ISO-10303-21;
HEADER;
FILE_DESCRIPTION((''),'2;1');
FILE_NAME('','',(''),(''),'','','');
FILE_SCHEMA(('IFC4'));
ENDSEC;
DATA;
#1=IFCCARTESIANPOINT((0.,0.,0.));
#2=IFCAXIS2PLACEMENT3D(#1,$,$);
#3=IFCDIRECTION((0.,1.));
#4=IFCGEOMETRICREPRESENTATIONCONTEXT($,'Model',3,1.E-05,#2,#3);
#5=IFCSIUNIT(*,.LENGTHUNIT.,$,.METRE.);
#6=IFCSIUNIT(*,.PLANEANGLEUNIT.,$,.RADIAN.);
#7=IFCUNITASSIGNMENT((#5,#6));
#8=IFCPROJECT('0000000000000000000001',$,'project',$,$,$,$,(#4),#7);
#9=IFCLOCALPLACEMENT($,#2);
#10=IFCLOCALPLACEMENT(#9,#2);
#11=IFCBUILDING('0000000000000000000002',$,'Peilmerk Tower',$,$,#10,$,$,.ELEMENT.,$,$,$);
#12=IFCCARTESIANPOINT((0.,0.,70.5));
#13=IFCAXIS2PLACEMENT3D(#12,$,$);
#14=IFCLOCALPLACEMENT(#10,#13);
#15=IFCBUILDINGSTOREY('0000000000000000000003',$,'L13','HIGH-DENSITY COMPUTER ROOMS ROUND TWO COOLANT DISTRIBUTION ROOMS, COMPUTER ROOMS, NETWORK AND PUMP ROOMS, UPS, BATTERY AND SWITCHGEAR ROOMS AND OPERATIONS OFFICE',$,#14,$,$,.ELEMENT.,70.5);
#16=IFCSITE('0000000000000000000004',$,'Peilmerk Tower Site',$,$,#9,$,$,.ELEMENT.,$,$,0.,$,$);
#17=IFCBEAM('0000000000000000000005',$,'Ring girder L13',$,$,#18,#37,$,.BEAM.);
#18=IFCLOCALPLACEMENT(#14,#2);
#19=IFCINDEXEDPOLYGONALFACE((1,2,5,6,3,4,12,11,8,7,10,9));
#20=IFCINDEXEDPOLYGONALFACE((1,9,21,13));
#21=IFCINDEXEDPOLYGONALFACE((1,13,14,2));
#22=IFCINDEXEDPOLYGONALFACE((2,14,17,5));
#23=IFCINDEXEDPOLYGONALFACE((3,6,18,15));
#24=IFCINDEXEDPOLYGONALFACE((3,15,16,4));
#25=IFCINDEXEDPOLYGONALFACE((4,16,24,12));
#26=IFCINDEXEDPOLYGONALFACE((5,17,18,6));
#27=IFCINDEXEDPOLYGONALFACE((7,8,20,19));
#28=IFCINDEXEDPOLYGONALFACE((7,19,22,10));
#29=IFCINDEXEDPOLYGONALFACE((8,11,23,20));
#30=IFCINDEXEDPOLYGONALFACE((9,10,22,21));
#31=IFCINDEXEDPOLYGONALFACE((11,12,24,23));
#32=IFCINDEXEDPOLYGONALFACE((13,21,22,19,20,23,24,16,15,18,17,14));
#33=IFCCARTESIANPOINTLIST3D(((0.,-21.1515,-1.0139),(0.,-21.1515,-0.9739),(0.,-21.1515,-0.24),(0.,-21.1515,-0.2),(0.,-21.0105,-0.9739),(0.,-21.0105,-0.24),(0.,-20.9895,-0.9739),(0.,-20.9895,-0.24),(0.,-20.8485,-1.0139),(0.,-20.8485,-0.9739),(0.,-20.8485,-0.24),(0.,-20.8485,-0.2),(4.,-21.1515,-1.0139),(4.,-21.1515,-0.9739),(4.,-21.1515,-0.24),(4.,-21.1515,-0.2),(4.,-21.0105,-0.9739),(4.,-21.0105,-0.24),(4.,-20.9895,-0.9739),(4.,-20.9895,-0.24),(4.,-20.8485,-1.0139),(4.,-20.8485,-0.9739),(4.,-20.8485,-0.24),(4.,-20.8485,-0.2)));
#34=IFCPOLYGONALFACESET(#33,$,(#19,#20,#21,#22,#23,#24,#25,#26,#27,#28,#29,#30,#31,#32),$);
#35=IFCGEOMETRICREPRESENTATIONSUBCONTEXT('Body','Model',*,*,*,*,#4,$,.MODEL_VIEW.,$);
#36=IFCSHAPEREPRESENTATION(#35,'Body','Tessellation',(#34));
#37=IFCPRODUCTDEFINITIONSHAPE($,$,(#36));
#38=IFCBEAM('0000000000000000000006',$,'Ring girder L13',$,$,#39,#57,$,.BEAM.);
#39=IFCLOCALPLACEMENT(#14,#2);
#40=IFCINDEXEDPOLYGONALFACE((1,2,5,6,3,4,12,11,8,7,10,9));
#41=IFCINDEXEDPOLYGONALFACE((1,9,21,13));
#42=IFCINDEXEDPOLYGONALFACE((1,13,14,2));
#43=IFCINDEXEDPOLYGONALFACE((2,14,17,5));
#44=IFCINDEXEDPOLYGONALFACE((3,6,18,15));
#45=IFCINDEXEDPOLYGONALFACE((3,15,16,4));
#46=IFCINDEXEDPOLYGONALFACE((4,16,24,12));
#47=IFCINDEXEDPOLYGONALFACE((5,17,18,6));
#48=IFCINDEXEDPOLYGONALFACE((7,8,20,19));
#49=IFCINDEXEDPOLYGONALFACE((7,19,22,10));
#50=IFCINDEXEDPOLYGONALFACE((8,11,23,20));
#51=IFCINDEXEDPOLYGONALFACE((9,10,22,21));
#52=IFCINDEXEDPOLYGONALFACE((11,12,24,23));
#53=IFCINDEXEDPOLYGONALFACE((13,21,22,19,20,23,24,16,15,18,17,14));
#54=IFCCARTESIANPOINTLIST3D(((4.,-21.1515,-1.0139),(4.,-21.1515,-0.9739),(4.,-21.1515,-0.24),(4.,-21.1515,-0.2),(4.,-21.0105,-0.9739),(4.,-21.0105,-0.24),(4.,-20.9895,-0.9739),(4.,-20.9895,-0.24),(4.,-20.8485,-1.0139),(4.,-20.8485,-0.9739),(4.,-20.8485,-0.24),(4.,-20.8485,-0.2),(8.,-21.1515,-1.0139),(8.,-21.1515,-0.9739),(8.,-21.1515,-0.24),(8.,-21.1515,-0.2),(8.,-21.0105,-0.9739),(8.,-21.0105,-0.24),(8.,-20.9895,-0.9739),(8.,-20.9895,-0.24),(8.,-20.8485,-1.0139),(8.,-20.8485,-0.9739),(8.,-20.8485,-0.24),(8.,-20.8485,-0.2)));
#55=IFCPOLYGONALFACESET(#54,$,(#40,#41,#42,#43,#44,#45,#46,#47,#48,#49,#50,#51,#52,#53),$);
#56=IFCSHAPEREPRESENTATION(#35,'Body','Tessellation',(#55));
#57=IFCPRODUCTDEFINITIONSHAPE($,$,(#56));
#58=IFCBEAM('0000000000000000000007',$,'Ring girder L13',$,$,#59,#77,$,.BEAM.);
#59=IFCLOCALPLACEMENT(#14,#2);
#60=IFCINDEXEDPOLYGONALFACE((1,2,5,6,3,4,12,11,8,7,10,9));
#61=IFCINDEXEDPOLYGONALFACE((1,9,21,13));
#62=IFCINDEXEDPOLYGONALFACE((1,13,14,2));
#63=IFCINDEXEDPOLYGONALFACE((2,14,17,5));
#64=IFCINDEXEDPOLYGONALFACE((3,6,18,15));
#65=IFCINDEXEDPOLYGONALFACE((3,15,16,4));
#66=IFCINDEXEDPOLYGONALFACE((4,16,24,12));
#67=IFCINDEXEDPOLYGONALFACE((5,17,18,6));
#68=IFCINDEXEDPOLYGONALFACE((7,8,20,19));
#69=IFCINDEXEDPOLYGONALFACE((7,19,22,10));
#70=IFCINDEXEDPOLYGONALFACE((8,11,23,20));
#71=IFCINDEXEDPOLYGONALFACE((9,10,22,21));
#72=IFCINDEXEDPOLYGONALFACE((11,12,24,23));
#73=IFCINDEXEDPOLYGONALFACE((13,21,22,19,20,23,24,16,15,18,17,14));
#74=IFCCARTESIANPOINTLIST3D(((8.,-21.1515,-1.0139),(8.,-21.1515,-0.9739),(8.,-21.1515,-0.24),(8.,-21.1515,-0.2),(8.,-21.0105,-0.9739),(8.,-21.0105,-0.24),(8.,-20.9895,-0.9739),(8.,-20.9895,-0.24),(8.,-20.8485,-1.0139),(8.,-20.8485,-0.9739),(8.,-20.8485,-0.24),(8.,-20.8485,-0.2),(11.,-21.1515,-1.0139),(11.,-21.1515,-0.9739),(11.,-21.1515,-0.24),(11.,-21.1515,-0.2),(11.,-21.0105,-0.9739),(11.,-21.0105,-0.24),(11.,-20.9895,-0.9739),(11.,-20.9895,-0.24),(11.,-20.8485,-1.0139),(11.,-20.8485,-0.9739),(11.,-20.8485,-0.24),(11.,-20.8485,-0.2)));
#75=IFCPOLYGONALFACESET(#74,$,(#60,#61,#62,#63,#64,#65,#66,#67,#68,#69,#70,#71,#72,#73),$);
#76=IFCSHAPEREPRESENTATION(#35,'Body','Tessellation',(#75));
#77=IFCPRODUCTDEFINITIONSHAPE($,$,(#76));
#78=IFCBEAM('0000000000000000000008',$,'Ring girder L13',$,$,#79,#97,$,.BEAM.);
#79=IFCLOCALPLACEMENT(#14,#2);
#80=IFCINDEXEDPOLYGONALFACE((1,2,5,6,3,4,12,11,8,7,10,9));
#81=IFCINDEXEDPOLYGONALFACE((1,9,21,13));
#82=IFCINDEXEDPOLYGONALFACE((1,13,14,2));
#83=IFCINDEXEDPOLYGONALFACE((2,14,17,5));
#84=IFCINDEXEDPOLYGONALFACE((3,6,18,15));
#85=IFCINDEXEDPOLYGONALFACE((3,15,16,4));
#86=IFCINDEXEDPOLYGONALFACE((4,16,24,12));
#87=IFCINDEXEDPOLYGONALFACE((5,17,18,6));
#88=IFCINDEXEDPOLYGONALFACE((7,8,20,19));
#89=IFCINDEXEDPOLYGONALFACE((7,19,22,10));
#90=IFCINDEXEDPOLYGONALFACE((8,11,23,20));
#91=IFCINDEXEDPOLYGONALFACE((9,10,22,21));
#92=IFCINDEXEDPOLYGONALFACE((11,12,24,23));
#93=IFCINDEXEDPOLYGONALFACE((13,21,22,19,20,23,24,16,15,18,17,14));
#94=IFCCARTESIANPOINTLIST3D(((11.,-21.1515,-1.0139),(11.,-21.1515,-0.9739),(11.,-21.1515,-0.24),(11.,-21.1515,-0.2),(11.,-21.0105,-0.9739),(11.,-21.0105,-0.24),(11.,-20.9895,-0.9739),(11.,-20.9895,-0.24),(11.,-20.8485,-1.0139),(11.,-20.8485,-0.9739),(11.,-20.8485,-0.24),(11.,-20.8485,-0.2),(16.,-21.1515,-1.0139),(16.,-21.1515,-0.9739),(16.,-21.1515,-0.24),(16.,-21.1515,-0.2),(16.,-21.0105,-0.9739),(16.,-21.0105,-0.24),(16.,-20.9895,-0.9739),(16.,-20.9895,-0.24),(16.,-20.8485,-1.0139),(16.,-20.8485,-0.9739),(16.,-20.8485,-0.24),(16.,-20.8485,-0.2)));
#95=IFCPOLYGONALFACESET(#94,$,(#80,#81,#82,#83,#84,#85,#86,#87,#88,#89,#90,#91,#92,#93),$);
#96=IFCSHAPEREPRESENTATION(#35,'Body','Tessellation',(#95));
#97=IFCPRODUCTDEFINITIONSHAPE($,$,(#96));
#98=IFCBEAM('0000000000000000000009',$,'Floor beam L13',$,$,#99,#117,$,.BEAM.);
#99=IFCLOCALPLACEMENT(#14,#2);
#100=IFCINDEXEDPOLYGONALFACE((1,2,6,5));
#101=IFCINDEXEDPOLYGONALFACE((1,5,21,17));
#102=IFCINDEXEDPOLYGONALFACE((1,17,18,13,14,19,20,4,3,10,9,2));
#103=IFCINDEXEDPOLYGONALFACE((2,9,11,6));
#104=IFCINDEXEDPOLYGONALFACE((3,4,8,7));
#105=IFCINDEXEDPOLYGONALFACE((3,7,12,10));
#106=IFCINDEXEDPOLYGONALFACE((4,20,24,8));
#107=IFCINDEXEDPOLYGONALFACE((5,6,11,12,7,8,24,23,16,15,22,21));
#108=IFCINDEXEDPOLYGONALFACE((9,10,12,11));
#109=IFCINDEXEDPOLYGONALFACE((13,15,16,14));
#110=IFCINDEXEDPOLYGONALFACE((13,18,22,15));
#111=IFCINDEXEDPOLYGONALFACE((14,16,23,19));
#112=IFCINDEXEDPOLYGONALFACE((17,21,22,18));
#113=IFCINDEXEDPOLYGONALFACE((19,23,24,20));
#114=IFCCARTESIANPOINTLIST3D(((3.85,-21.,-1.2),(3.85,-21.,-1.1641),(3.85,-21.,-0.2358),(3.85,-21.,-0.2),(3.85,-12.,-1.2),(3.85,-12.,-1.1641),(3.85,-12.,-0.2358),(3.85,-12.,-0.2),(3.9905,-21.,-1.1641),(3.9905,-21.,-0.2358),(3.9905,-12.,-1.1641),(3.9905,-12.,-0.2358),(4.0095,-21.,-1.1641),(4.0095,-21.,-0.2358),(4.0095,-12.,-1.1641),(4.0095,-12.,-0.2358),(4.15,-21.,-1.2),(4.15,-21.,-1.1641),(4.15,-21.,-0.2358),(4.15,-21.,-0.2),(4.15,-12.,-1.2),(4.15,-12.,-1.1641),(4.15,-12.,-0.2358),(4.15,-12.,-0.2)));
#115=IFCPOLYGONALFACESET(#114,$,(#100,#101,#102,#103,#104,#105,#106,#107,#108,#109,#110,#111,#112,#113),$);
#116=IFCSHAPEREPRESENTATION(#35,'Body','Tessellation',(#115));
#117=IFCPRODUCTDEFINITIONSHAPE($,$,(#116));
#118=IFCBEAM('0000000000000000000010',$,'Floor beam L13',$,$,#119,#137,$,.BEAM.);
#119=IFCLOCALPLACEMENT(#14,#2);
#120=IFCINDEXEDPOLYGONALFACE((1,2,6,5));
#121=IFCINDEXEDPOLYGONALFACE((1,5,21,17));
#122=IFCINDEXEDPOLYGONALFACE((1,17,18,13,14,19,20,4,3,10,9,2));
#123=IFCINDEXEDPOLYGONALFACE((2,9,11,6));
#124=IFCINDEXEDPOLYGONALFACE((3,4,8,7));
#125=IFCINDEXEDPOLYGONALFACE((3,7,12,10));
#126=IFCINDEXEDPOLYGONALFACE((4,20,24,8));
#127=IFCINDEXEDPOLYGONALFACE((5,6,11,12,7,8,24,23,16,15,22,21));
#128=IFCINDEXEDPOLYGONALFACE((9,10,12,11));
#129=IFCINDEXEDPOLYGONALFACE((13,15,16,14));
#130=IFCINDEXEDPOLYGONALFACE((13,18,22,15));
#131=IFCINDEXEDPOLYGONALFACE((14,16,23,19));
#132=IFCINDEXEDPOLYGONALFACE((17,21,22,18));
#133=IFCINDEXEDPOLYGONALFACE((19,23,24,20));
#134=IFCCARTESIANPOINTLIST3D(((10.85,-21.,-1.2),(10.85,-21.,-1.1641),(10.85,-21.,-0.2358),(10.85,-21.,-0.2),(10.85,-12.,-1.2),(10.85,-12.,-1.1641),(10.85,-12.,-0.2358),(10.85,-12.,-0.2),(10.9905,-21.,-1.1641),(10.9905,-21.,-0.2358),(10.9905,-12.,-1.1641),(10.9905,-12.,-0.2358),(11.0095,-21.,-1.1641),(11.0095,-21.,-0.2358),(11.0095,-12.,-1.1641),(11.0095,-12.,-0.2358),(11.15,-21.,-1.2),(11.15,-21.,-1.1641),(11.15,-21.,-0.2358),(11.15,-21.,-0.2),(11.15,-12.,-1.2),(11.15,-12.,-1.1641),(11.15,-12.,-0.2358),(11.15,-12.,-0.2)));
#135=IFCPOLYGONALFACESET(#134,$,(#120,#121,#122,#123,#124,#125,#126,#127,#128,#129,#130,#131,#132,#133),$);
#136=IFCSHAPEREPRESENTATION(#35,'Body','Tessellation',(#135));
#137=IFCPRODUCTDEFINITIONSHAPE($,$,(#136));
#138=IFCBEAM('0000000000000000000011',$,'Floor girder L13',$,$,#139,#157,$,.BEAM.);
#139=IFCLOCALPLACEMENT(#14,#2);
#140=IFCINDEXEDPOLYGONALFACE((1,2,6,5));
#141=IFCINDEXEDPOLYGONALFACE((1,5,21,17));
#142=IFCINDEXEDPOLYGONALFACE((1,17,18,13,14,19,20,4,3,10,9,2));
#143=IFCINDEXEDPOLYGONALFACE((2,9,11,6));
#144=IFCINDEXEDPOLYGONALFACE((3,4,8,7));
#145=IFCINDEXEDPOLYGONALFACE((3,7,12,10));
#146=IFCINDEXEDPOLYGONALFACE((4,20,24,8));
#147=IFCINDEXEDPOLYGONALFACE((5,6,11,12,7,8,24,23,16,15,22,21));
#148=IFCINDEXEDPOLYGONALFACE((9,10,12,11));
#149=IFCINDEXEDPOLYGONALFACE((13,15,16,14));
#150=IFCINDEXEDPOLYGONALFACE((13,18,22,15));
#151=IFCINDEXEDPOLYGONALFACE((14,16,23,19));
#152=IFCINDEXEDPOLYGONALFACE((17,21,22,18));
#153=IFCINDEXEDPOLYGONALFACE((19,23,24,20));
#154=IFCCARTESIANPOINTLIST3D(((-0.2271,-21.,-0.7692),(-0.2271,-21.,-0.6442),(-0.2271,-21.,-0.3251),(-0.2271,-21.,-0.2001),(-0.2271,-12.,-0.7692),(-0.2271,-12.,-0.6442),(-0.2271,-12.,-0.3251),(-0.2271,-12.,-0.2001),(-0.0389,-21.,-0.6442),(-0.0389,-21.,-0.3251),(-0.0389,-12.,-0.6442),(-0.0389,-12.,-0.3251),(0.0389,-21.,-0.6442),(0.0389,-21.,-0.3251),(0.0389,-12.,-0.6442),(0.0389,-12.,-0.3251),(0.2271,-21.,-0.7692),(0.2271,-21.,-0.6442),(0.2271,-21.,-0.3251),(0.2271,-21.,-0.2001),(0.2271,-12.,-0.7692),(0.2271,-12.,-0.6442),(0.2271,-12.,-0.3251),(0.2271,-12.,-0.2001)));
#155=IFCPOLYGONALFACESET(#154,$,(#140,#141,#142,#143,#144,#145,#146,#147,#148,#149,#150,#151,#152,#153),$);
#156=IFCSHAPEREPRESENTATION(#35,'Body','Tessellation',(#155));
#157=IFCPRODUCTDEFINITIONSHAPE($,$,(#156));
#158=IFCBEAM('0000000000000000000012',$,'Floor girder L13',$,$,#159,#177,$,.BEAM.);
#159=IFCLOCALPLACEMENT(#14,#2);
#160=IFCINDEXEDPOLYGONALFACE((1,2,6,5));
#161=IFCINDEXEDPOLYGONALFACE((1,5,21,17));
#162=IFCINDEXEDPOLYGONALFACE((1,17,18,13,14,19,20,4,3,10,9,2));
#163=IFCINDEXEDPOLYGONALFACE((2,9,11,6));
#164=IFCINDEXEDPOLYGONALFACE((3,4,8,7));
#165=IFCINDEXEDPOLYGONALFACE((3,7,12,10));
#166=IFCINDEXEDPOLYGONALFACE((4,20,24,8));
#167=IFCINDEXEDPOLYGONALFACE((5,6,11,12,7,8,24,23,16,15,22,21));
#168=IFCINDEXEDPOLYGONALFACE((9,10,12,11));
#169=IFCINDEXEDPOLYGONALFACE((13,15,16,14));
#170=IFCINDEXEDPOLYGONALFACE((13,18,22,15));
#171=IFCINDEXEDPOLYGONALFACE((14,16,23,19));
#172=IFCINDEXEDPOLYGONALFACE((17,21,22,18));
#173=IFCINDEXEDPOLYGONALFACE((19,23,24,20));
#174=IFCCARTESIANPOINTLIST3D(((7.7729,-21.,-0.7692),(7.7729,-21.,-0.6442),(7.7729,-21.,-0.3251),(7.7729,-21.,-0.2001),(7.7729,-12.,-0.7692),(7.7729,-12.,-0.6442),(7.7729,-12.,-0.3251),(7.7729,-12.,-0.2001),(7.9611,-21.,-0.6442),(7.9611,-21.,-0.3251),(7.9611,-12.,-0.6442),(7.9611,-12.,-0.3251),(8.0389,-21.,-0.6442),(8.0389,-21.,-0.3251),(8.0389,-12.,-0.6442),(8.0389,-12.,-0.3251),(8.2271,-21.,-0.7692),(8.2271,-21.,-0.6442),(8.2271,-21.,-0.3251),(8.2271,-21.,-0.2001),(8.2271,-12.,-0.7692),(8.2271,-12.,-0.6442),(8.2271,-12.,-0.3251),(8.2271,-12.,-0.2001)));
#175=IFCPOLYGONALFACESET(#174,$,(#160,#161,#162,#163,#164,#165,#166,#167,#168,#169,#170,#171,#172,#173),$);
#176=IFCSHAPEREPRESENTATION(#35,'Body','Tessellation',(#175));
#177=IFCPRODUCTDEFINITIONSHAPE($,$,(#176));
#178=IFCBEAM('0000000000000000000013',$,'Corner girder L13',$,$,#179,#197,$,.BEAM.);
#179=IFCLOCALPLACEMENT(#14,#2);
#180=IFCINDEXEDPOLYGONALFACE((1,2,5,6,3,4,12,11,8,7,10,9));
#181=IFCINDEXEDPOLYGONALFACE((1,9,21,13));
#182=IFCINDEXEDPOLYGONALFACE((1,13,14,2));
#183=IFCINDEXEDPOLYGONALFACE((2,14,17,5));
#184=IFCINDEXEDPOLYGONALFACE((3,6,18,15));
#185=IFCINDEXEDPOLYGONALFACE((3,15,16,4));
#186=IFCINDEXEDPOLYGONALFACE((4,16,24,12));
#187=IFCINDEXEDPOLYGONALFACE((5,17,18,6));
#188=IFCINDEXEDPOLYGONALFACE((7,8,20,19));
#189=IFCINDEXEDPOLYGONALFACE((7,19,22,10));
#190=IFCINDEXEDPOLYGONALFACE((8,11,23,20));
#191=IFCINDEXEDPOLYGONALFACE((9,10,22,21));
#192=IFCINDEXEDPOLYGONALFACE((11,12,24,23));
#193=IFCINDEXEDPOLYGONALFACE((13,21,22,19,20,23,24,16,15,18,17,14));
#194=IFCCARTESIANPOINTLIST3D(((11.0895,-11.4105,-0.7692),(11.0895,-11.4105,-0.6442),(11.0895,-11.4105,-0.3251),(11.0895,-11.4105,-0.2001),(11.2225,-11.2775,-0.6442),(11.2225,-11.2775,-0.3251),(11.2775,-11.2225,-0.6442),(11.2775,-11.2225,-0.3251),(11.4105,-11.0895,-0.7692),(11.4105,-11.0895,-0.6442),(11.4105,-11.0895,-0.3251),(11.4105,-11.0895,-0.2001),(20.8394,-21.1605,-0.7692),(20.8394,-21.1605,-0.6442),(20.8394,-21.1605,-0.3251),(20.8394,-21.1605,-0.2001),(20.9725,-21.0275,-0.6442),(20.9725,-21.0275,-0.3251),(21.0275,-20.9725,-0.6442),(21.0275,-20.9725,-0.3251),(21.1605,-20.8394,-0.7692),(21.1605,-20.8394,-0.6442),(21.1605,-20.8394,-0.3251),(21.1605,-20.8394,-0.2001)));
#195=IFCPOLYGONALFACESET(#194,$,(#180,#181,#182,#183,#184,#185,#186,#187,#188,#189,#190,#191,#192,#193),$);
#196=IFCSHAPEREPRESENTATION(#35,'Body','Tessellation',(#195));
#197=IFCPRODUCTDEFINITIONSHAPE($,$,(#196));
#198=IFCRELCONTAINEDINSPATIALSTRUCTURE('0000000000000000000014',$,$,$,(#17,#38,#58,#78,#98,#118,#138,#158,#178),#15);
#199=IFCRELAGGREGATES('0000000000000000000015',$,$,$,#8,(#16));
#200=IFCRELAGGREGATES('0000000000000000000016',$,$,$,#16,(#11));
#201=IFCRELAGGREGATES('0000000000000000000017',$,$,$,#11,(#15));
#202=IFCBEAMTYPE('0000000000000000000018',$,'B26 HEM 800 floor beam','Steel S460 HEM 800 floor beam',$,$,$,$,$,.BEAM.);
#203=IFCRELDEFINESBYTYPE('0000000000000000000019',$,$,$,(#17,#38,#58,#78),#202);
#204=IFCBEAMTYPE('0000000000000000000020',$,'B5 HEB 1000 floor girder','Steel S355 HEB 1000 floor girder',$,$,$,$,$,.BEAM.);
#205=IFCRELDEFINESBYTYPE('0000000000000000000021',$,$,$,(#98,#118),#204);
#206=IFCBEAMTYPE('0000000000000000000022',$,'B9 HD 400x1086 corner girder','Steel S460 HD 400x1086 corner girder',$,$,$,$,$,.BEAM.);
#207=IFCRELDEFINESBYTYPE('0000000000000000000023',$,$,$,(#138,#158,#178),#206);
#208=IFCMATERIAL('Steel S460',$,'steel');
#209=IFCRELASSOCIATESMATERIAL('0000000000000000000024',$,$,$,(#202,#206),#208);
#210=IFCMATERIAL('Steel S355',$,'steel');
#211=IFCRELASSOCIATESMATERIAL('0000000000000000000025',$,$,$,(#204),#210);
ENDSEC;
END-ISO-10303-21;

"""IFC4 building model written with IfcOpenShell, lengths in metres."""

from ifc_helpers import new_model, si_unit, direction, frame, origin, origin_2d, place, context, subcontext, project, spatial, i_section, extrude, material, material_profile, profile_set, type_object, element, save


model = new_model("IFC4")

# Units and contexts
model_context = context("Model", 3, precision=1e-05, world=origin(), true_north=direction((0.0, 1.0)))
body_context = subcontext(model_context, "Body", "Model", "MODEL_VIEW")
ifc_project = project(units=[si_unit("LENGTHUNIT", "METRE"), si_unit("PLANEANGLEUNIT", "RADIAN")], contexts=[model_context])

# Site, building, storey
site_placement = place(None, origin())
site = spatial("IfcSite", under=ifc_project, at=site_placement, Name="Peilmerk Tower Site", CompositionType="ELEMENT", RefElevation=0.0)
building_placement = place(site_placement, origin())
building = spatial("IfcBuilding", under=site, at=building_placement, Name="Peilmerk Tower", CompositionType="ELEMENT")
storey_placement = place(building_placement, frame((0.0, 0.0, 70.5)))
storey = spatial("IfcBuildingStorey", under=building, at=storey_placement, Name="L13", Description="HIGH-DENSITY COMPUTER ROOMS ROUND TWO COOLANT DISTRIBUTION ROOMS, COMPUTER ROOMS, NETWORK AND PUMP ROOMS, UPS, BATTERY AND SWITCHGEAR ROOMS AND OPERATIONS OFFICE", CompositionType="ELEMENT", Elevation=70.5)

# Beams
ifc_material_1 = material(Name="Steel S355", Category="steel")
ifc_material_2 = material(Name="Steel S460", Category="steel")
ifc_material_profile_1 = material_profile(ifc_material_2, i_section(OverallWidth=0.303, OverallDepth=0.814, WebThickness=0.021, FlangeThickness=0.04, at=origin_2d()), Name="HEM 800")
ifc_profile_set_1 = profile_set([ifc_material_profile_1], Name="Steel S460")
beam_type_1 = type_object("IfcBeamType", Name="B26 HEM 800 floor beam", Description="Steel S460 HEM 800 floor beam", PredefinedType="BEAM", material=ifc_profile_set_1)
for number, where, z_axis, x_axis, name in (
    (1, (0.0, -21.0, -0.6069), (1.0, 0.0, 0.0), (0.0, 1.0, 0.0), "Ring girder L13"),
    (2, (4.0, -21.0, -0.6069), (1.0, 0.0, 0.0), (0.0, 1.0, 0.0), "Ring girder L13"),
):
    element("IfcBeam", number, at=place(storey_placement, frame(where, z_axis=z_axis, x_axis=x_axis)), inside=storey, type_object=beam_type_1, Name=name, PredefinedType="BEAM", context=body_context, shape_type="SweptSolid", body=[
        extrude(i_section(OverallWidth=0.303, OverallDepth=0.814, WebThickness=0.021, FlangeThickness=0.04, at=origin_2d()), origin(), (0.0, 0.0, 1.0), 4.0),
    ])
beam_1_placement = place(storey_placement, frame((8.0, -21.0, -0.6069), z_axis=(1.0, 0.0, 0.0), x_axis=(0.0, 1.0, 0.0)))
element("IfcBeam", 3, at=beam_1_placement, inside=storey, type_object=beam_type_1, Name="Ring girder L13", PredefinedType="BEAM", context=body_context, shape_type="SweptSolid", body=[
    extrude(i_section(OverallWidth=0.303, OverallDepth=0.814, WebThickness=0.021, FlangeThickness=0.04, at=origin_2d()), origin(), (0.0, 0.0, 1.0), 3.0),
])
beam_2_placement = place(storey_placement, frame((11.0, -21.0, -0.6069), z_axis=(1.0, 0.0, 0.0), x_axis=(0.0, 1.0, 0.0)))
element("IfcBeam", 4, at=beam_2_placement, inside=storey, type_object=beam_type_1, Name="Ring girder L13", PredefinedType="BEAM", context=body_context, shape_type="SweptSolid", body=[
    extrude(i_section(OverallWidth=0.303, OverallDepth=0.814, WebThickness=0.021, FlangeThickness=0.04, at=origin_2d()), origin(), (0.0, 0.0, 1.0), 5.0),
])
ifc_material_profile_2 = material_profile(ifc_material_1, i_section(OverallWidth=0.3, OverallDepth=1.0, WebThickness=0.019, FlangeThickness=0.0359, at=origin_2d()), Name="HEB 1000")
ifc_profile_set_2 = profile_set([ifc_material_profile_2], Name="Steel S355")
beam_type_2 = type_object("IfcBeamType", Name="B5 HEB 1000 floor girder", Description="Steel S355 HEB 1000 floor girder", PredefinedType="BEAM", material=ifc_profile_set_2)
for number, where, z_axis, x_axis, name in (
    (5, (4.0, -12.0, -0.7), (0.0, -1.0, 0.0), (1.0, 0.0, 0.0), "Floor beam L13"),
    (6, (11.0, -12.0, -0.7), (0.0, -1.0, 0.0), (1.0, 0.0, 0.0), "Floor beam L13"),
):
    element("IfcBeam", number, at=place(storey_placement, frame(where, z_axis=z_axis, x_axis=x_axis)), inside=storey, type_object=beam_type_2, Name=name, PredefinedType="BEAM", context=body_context, shape_type="SweptSolid", body=[
        extrude(i_section(OverallWidth=0.3, OverallDepth=1.0, WebThickness=0.019, FlangeThickness=0.0359, at=origin_2d()), origin(), (0.0, 0.0, 1.0), 9.0),
    ])
ifc_material_profile_3 = material_profile(ifc_material_2, i_section(OverallWidth=0.4541, OverallDepth=0.5691, WebThickness=0.0779, FlangeThickness=0.125, at=origin_2d()), Name="HD 400x1086")
ifc_profile_set_3 = profile_set([ifc_material_profile_3], Name="Steel S460")
beam_type_3 = type_object("IfcBeamType", Name="B9 HD 400x1086 corner girder", Description="Steel S460 HD 400x1086 corner girder", PredefinedType="BEAM", material=ifc_profile_set_3)
for number, where, z_axis, x_axis, name in (
    (7, (0.0, -12.0, -0.4846), (0.0, -1.0, 0.0), (1.0, 0.0, 0.0), "Floor girder L13"),
    (8, (8.0, -12.0, -0.4846), (0.0, -1.0, 0.0), (1.0, 0.0, 0.0), "Floor girder L13"),
):
    element("IfcBeam", number, at=place(storey_placement, frame(where, z_axis=z_axis, x_axis=x_axis)), inside=storey, type_object=beam_type_3, Name=name, PredefinedType="BEAM", context=body_context, shape_type="SweptSolid", body=[
        extrude(i_section(OverallWidth=0.4541, OverallDepth=0.5691, WebThickness=0.0779, FlangeThickness=0.125, at=origin_2d()), origin(), (0.0, 0.0, 1.0), 9.0),
    ])
beam_3_placement = place(storey_placement, frame((11.25, -11.25, -0.4846), z_axis=(0.707107, -0.707107, 0.0), x_axis=(0.707107, 0.707107, 0.0)))
element("IfcBeam", 9, at=beam_3_placement, inside=storey, type_object=beam_type_3, Name="Corner girder L13", PredefinedType="BEAM", context=body_context, shape_type="SweptSolid", body=[
    extrude(i_section(OverallWidth=0.4541, OverallDepth=0.5691, WebThickness=0.0779, FlangeThickness=0.125, at=origin_2d()), origin(), (0.0, 0.0, 1.0), 13.7886),
])

save(model, "model.ifc")
